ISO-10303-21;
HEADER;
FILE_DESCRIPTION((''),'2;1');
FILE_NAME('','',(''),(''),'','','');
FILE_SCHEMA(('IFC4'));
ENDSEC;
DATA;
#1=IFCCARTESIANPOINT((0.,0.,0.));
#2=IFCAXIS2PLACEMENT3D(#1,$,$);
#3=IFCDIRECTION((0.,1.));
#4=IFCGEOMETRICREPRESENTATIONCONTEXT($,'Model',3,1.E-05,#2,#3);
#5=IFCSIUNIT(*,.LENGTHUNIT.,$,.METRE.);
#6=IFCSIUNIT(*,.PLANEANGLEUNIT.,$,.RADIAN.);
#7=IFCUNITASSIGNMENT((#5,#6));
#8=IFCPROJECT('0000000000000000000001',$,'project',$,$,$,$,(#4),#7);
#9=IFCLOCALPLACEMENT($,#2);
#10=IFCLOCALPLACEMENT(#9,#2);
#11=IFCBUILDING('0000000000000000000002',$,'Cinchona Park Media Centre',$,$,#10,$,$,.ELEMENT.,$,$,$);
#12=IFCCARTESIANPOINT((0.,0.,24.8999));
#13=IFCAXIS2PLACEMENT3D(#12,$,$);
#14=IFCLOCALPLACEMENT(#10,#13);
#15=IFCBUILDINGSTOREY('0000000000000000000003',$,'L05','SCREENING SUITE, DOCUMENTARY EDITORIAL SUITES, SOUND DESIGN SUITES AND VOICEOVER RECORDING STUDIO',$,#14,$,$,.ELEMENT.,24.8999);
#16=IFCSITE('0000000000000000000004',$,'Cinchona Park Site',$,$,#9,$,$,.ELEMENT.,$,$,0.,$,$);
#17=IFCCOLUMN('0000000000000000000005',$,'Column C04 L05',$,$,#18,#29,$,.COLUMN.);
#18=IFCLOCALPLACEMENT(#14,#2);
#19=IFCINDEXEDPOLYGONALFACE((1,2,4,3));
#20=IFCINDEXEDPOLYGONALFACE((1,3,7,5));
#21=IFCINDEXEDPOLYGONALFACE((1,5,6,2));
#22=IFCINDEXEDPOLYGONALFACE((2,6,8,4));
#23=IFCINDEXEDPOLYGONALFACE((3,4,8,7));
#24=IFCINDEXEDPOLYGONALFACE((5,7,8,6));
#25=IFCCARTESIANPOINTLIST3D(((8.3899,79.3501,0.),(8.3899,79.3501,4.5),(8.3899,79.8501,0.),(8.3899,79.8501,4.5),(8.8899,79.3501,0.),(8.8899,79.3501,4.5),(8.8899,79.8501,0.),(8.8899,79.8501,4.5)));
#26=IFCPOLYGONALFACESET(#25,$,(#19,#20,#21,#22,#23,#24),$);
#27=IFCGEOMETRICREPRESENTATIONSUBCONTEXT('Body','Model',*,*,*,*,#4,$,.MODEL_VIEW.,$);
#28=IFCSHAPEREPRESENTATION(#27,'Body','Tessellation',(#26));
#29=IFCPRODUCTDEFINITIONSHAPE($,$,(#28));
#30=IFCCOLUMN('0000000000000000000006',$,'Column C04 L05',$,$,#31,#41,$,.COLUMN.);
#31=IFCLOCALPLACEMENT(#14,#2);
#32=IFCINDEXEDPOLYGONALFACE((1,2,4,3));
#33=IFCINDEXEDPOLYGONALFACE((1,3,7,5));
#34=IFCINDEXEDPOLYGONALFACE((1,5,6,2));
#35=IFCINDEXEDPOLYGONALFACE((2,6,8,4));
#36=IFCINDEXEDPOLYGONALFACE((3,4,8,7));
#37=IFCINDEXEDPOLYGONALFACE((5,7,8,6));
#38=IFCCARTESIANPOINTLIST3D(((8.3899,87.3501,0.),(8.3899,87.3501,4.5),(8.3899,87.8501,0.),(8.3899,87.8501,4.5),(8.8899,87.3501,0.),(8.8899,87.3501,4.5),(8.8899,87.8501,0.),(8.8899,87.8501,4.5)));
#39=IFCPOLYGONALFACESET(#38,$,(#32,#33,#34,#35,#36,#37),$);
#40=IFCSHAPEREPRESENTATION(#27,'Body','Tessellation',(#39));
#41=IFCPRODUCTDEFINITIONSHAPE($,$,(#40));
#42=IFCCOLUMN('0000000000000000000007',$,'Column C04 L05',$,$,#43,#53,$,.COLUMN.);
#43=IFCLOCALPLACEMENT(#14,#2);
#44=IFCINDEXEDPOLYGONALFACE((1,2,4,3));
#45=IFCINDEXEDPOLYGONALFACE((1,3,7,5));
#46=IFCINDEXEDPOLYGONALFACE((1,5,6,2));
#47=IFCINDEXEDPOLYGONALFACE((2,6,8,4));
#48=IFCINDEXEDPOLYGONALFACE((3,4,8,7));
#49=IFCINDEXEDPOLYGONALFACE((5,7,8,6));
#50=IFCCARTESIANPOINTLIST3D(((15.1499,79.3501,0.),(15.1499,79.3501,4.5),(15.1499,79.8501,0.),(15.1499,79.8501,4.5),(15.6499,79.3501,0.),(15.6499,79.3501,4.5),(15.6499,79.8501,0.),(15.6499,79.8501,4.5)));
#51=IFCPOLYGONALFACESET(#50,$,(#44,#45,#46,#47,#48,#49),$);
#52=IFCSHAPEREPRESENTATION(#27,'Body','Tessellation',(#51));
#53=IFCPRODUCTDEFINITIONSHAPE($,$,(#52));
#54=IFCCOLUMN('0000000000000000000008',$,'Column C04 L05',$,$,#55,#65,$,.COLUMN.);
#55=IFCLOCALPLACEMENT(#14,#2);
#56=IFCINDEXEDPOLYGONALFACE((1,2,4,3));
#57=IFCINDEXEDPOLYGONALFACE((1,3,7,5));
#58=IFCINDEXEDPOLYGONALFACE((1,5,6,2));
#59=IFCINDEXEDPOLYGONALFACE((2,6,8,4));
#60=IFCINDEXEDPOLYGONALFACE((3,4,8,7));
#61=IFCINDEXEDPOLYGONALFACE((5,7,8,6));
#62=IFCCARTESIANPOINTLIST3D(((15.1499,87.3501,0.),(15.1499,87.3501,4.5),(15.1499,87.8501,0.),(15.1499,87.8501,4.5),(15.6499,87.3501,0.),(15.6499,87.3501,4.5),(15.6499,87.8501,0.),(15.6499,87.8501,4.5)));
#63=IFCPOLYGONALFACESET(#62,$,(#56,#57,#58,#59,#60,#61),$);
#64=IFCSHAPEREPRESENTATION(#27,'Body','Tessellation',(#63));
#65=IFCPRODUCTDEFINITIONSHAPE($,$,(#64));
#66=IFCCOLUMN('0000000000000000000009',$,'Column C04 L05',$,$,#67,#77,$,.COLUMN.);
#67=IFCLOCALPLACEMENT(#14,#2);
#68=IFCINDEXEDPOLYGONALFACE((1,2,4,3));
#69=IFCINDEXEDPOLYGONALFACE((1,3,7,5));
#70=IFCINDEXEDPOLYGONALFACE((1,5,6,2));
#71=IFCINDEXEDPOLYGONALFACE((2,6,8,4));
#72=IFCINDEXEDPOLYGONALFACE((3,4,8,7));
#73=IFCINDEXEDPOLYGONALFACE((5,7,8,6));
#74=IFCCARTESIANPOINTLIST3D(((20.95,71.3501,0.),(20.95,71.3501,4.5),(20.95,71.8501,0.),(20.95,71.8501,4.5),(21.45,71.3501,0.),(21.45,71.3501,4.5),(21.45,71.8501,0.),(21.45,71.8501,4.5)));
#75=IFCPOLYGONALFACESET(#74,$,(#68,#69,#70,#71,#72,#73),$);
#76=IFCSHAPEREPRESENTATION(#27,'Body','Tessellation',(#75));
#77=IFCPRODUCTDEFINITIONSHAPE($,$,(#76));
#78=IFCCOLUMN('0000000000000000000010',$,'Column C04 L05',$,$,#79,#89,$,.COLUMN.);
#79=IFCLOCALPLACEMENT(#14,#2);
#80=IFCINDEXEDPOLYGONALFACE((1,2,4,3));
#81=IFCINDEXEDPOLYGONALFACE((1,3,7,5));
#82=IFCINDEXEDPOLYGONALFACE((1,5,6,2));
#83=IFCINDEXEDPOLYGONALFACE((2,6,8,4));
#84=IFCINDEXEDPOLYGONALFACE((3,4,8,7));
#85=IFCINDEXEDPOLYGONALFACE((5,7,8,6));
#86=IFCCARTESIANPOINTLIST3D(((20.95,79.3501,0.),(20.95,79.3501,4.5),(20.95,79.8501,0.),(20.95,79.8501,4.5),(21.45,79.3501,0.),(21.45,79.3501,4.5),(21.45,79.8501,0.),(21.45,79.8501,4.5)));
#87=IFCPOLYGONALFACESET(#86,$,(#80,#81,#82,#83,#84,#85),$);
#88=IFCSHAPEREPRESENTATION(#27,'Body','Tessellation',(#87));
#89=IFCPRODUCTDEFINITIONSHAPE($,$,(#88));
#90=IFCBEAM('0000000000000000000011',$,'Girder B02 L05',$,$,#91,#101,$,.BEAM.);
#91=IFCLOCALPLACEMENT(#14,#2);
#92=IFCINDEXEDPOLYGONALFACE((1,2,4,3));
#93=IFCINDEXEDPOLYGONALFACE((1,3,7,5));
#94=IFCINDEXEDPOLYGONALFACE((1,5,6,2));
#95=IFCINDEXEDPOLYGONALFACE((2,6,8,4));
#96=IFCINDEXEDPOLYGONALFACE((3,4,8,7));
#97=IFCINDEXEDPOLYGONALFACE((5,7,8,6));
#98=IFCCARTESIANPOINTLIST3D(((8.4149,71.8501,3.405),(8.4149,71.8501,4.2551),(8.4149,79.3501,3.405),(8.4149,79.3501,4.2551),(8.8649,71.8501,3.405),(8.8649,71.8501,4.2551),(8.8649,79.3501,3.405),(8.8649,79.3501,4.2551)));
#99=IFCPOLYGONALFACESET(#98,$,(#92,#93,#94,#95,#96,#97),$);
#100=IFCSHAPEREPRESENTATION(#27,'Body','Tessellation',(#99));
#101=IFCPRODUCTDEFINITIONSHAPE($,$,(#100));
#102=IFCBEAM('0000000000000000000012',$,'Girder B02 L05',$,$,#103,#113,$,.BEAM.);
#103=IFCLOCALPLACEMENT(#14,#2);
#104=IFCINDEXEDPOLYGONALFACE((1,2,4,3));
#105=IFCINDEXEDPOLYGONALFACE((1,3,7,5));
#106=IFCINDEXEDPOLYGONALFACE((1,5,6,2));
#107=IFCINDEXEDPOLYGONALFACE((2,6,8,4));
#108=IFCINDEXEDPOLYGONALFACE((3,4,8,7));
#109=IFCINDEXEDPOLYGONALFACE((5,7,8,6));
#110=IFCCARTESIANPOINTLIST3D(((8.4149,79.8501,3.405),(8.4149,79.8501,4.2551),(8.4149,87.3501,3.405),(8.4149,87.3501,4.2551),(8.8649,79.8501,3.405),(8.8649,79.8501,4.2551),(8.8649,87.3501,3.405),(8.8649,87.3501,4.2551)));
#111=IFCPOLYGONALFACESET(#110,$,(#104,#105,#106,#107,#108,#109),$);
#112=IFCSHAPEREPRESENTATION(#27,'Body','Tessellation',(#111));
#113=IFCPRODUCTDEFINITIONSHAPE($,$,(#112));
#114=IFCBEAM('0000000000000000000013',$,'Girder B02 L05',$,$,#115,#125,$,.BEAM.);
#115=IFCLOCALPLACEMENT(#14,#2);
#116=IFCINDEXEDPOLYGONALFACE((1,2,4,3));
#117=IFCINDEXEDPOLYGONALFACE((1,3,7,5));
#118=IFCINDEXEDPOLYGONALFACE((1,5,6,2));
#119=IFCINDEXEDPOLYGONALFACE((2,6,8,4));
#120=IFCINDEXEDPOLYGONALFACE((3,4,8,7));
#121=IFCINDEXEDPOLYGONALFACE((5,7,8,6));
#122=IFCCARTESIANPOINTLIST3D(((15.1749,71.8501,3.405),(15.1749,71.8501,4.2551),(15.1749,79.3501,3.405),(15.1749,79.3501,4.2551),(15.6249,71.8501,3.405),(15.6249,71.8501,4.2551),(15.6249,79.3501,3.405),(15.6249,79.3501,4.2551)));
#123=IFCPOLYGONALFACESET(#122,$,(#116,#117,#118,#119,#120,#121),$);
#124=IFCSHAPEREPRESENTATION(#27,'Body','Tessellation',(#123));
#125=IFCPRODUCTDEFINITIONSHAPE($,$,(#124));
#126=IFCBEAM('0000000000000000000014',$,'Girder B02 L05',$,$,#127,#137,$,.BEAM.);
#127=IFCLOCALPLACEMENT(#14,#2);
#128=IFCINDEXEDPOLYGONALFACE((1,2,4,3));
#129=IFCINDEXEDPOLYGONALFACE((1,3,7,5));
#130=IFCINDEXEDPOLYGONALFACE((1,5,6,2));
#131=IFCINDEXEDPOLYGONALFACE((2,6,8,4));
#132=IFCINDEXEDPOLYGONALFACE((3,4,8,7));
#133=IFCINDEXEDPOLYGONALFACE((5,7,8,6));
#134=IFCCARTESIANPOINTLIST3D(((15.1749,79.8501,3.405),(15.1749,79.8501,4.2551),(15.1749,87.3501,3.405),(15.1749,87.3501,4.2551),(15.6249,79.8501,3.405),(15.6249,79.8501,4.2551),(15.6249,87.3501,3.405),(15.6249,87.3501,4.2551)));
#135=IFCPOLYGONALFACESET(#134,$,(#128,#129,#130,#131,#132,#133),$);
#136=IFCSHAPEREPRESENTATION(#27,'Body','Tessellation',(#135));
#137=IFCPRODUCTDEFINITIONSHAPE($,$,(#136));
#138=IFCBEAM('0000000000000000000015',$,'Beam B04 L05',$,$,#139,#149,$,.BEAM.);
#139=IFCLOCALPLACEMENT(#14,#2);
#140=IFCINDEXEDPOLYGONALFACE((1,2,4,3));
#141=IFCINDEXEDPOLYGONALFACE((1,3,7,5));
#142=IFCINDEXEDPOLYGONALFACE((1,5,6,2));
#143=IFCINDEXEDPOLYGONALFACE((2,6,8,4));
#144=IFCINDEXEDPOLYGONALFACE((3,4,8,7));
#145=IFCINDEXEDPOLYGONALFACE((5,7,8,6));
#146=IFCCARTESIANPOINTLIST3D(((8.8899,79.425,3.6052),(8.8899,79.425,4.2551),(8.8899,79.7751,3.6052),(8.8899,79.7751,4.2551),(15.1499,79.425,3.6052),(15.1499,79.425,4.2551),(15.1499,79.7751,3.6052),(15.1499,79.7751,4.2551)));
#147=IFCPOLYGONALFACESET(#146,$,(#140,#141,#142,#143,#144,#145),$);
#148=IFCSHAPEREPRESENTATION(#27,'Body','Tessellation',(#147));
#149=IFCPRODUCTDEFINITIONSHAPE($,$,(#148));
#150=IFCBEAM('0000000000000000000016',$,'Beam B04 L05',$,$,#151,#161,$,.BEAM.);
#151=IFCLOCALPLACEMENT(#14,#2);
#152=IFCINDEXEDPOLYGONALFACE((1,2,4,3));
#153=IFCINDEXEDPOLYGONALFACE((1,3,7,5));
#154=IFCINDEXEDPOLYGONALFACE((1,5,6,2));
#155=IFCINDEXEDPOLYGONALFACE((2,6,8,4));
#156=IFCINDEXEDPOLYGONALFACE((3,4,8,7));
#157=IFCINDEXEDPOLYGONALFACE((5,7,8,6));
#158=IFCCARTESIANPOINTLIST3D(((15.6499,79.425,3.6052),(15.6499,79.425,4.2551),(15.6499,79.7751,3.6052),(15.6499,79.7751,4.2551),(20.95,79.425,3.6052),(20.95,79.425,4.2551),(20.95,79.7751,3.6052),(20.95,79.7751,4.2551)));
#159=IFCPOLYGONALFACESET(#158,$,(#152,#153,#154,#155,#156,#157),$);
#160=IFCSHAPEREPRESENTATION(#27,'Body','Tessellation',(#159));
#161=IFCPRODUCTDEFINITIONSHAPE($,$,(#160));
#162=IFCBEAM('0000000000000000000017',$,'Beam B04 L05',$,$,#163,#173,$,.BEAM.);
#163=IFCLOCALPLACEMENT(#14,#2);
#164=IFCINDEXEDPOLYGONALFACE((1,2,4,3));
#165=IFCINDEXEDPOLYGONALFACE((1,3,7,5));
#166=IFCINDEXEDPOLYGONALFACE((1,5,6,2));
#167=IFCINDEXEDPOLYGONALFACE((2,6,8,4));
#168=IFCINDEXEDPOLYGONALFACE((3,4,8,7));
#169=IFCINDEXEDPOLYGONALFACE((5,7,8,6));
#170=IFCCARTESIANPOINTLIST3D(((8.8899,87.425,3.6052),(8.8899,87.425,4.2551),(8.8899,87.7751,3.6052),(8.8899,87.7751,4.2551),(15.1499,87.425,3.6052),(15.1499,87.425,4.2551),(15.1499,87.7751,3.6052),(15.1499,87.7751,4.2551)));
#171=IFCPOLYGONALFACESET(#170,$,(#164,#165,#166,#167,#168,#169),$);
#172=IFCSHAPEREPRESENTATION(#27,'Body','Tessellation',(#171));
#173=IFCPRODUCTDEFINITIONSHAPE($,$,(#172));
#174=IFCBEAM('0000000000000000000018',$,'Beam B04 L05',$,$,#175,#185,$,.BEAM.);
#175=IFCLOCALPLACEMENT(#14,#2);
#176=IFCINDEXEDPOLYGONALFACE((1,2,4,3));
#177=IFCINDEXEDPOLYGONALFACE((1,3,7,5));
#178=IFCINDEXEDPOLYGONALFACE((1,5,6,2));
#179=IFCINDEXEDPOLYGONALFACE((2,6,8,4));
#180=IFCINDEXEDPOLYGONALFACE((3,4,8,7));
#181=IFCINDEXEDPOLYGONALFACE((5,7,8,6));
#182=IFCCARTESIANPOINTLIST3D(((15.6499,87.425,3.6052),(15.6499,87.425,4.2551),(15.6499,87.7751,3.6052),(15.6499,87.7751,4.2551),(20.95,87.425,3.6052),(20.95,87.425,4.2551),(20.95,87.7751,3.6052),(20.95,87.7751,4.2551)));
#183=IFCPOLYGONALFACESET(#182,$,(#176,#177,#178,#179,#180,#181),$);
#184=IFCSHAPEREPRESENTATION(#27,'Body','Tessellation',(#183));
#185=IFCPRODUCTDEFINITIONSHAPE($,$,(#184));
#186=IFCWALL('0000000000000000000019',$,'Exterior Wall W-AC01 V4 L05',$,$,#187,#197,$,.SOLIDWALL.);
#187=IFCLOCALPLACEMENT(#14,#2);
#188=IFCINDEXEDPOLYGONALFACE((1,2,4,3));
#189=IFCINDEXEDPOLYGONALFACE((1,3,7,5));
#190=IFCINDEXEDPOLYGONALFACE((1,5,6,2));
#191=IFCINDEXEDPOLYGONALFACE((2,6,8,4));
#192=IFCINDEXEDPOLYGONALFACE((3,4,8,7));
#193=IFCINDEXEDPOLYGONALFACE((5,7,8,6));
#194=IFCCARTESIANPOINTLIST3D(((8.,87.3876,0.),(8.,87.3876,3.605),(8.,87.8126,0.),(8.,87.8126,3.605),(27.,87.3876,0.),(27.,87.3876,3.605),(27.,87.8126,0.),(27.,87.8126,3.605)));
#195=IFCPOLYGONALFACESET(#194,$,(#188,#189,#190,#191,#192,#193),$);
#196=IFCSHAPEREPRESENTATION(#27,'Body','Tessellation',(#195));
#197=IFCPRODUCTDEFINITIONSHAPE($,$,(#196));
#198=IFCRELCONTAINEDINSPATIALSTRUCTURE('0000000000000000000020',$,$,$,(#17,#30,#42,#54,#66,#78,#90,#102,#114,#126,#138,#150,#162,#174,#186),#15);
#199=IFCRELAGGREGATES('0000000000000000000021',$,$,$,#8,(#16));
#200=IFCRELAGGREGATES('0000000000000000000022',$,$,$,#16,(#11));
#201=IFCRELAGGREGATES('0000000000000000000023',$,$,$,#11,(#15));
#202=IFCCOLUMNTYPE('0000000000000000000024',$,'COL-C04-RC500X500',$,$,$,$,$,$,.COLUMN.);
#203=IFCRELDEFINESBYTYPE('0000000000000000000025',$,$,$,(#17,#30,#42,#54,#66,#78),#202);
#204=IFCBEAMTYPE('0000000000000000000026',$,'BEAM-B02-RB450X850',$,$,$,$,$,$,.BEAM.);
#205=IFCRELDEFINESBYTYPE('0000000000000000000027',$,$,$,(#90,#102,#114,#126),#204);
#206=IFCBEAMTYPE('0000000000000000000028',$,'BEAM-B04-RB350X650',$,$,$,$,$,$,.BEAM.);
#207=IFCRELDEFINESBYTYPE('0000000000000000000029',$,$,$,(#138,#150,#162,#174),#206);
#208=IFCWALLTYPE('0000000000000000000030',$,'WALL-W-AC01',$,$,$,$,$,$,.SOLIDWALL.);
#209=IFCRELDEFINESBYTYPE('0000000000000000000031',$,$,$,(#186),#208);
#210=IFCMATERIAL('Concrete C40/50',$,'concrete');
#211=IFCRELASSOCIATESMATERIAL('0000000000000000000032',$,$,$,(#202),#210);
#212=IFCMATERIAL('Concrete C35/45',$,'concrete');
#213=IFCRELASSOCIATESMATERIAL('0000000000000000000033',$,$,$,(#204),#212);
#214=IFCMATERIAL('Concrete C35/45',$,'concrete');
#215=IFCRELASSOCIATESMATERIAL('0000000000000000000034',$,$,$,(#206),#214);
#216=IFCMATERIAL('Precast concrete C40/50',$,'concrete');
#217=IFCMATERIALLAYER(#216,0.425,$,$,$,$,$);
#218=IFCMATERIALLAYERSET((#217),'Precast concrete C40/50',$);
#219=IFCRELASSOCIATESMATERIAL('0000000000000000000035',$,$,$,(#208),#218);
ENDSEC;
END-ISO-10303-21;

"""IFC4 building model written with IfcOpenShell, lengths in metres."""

from ifc_helpers import new_model, si_unit, direction, frame, frame_2d, origin, origin_2d, place, context, subcontext, project, spatial, rectangle, extrude, material, layer, layer_set, material_profile, profile_set, type_object, element, save


model = new_model("IFC4")

# Units and contexts
model_context = context("Model", 3, precision=1e-05, world=origin(), true_north=direction((0.0, 1.0)))
body_context = subcontext(model_context, "Body", "Model", "MODEL_VIEW")
ifc_project = project(units=[si_unit("LENGTHUNIT", "METRE"), si_unit("PLANEANGLEUNIT", "RADIAN")], contexts=[model_context])

# Site, building, storey
site_placement = place(None, origin())
site = spatial("IfcSite", under=ifc_project, at=site_placement, Name="Cinchona Park Site", CompositionType="ELEMENT", RefElevation=0.0)
building_placement = place(site_placement, origin())
building = spatial("IfcBuilding", under=site, at=building_placement, Name="Cinchona Park Media Centre", CompositionType="ELEMENT")
storey_placement = place(building_placement, frame((0.0, 0.0, 24.8999)))
storey = spatial("IfcBuildingStorey", under=building, at=storey_placement, Name="L05", Description="SCREENING SUITE, DOCUMENTARY EDITORIAL SUITES, SOUND DESIGN SUITES AND VOICEOVER RECORDING STUDIO", CompositionType="ELEMENT", Elevation=24.8999)

# Columns
ifc_material_1 = material(Name="Concrete C40/50", Category="concrete")
ifc_material_profile_1 = material_profile(ifc_material_1, rectangle(XDim=0.5, YDim=0.5, at=origin_2d()), Name="RC 500X500")
ifc_profile_set_1 = profile_set([ifc_material_profile_1], Name="Concrete C40/50")
column_type = type_object("IfcColumnType", Name="COL-C04-RC500X500", PredefinedType="COLUMN", material=ifc_profile_set_1)
for number, where, z_axis, x_axis, name in (
    (1, (8.6399, 79.6001, 0.0), (0.0, 0.0, 1.0), (1.0, 0.0, 0.0), "Column C04 L05"),
    (2, (8.6399, 87.6001, 0.0), (0.0, 0.0, 1.0), (1.0, 0.0, 0.0), "Column C04 L05"),
    (3, (15.3999, 79.6001, 0.0), (0.0, 0.0, 1.0), (1.0, 0.0, 0.0), "Column C04 L05"),
    (4, (15.3999, 87.6001, 0.0), (0.0, 0.0, 1.0), (1.0, 0.0, 0.0), "Column C04 L05"),
    (5, (21.2, 71.6001, 0.0), (0.0, 0.0, 1.0), (1.0, 0.0, 0.0), "Column C04 L05"),
    (6, (21.2, 79.6001, 0.0), (0.0, 0.0, 1.0), (1.0, 0.0, 0.0), "Column C04 L05"),
):
    element("IfcColumn", number, at=place(storey_placement, frame(where, z_axis=z_axis, x_axis=x_axis)), inside=storey, type_object=column_type, Name=name, PredefinedType="COLUMN", context=body_context, shape_type="SweptSolid", body=[
        extrude(rectangle(XDim=0.5, YDim=0.5, at=origin_2d()), origin(), (0.0, 0.0, 1.0), 4.5),
    ])

# Beams
ifc_material_2 = material(Name="Concrete C35/45", Category="concrete")
ifc_material_profile_2 = material_profile(ifc_material_2, rectangle(XDim=0.45, YDim=0.8501, at=origin_2d()), Name="RB 450X850")
ifc_profile_set_2 = profile_set([ifc_material_profile_2], Name="Concrete C35/45")
beam_type_1 = type_object("IfcBeamType", Name="BEAM-B02-RB450X850", PredefinedType="BEAM", material=ifc_profile_set_2)
for number, where, z_axis, x_axis, name in (
    (7, (8.6399, 71.8501, 3.8301), (0.0, 1.0, 0.0), (-1.0, 0.0, 0.0), "Girder B02 L05"),
    (8, (8.6399, 79.8501, 3.8301), (0.0, 1.0, 0.0), (-1.0, 0.0, 0.0), "Girder B02 L05"),
    (9, (15.3999, 71.8501, 3.8301), (0.0, 1.0, 0.0), (-1.0, 0.0, 0.0), "Girder B02 L05"),
    (10, (15.3999, 79.8501, 3.8301), (0.0, 1.0, 0.0), (-1.0, 0.0, 0.0), "Girder B02 L05"),
):
    element("IfcBeam", number, at=place(storey_placement, frame(where, z_axis=z_axis, x_axis=x_axis)), inside=storey, type_object=beam_type_1, Name=name, PredefinedType="BEAM", context=body_context, shape_type="SweptSolid", body=[
        extrude(rectangle(XDim=0.45, YDim=0.8501, at=origin_2d()), origin(), (0.0, 0.0, 1.0), 7.5),
    ])
ifc_material_3 = material(Name="Concrete C35/45", Category="concrete")
ifc_material_profile_3 = material_profile(ifc_material_3, rectangle(XDim=0.3501, YDim=0.6499, at=origin_2d()), Name="RB 350X650")
ifc_profile_set_3 = profile_set([ifc_material_profile_3], Name="Concrete C35/45")
beam_type_2 = type_object("IfcBeamType", Name="BEAM-B04-RB350X650", PredefinedType="BEAM", material=ifc_profile_set_3)
beam_1_placement = place(storey_placement, frame((8.8899, 79.6001, 3.9302), z_axis=(1.0, 0.0, 0.0), x_axis=(0.0, 1.0, 0.0)))
element("IfcBeam", 11, at=beam_1_placement, inside=storey, type_object=beam_type_2, Name="Beam B04 L05", PredefinedType="BEAM", context=body_context, shape_type="SweptSolid", body=[
    extrude(rectangle(XDim=0.3501, YDim=0.6499, at=origin_2d()), origin(), (0.0, 0.0, 1.0), 6.26),
])
beam_2_placement = place(storey_placement, frame((15.6499, 79.6001, 3.9302), z_axis=(1.0, 0.0, 0.0), x_axis=(0.0, 1.0, 0.0)))
element("IfcBeam", 12, at=beam_2_placement, inside=storey, type_object=beam_type_2, Name="Beam B04 L05", PredefinedType="BEAM", context=body_context, shape_type="SweptSolid", body=[
    extrude(rectangle(XDim=0.3501, YDim=0.6499, at=origin_2d()), origin(), (0.0, 0.0, 1.0), 5.3),
])
beam_3_placement = place(storey_placement, frame((8.8899, 87.6001, 3.9302), z_axis=(1.0, 0.0, 0.0), x_axis=(0.0, 1.0, 0.0)))
element("IfcBeam", 13, at=beam_3_placement, inside=storey, type_object=beam_type_2, Name="Beam B04 L05", PredefinedType="BEAM", context=body_context, shape_type="SweptSolid", body=[
    extrude(rectangle(XDim=0.3501, YDim=0.6499, at=origin_2d()), origin(), (0.0, 0.0, 1.0), 6.26),
])
beam_4_placement = place(storey_placement, frame((15.6499, 87.6001, 3.9302), z_axis=(1.0, 0.0, 0.0), x_axis=(0.0, 1.0, 0.0)))
element("IfcBeam", 14, at=beam_4_placement, inside=storey, type_object=beam_type_2, Name="Beam B04 L05", PredefinedType="BEAM", context=body_context, shape_type="SweptSolid", body=[
    extrude(rectangle(XDim=0.3501, YDim=0.6499, at=origin_2d()), origin(), (0.0, 0.0, 1.0), 5.3),
])

# Wall
ifc_material_4 = material(Name="Precast concrete C40/50", Category="concrete")
ifc_layer_1 = layer(ifc_material_4, 0.425)
ifc_layer_set_1 = layer_set([ifc_layer_1], Name="Precast concrete C40/50")
wall_type_1 = type_object("IfcWallType", Name="WALL-W-AC01", PredefinedType="SOLIDWALL", material=ifc_layer_set_1)
wall_1_placement = place(storey_placement, frame((8.0, 87.6001, 0.0), z_axis=(0.0, 0.0, 1.0), x_axis=(1.0, 0.0, 0.0)))
element("IfcWall", 15, at=wall_1_placement, inside=storey, type_object=wall_type_1, Name="Exterior Wall W-AC01 V4 L05", PredefinedType="SOLIDWALL", context=body_context, shape_type="SweptSolid", body=[
    extrude(rectangle(XDim=19.0, YDim=0.425, at=frame_2d((9.5, 0.0))), origin(), (0.0, 0.0, 1.0), 3.605),
])

save(model, "model.ifc")
